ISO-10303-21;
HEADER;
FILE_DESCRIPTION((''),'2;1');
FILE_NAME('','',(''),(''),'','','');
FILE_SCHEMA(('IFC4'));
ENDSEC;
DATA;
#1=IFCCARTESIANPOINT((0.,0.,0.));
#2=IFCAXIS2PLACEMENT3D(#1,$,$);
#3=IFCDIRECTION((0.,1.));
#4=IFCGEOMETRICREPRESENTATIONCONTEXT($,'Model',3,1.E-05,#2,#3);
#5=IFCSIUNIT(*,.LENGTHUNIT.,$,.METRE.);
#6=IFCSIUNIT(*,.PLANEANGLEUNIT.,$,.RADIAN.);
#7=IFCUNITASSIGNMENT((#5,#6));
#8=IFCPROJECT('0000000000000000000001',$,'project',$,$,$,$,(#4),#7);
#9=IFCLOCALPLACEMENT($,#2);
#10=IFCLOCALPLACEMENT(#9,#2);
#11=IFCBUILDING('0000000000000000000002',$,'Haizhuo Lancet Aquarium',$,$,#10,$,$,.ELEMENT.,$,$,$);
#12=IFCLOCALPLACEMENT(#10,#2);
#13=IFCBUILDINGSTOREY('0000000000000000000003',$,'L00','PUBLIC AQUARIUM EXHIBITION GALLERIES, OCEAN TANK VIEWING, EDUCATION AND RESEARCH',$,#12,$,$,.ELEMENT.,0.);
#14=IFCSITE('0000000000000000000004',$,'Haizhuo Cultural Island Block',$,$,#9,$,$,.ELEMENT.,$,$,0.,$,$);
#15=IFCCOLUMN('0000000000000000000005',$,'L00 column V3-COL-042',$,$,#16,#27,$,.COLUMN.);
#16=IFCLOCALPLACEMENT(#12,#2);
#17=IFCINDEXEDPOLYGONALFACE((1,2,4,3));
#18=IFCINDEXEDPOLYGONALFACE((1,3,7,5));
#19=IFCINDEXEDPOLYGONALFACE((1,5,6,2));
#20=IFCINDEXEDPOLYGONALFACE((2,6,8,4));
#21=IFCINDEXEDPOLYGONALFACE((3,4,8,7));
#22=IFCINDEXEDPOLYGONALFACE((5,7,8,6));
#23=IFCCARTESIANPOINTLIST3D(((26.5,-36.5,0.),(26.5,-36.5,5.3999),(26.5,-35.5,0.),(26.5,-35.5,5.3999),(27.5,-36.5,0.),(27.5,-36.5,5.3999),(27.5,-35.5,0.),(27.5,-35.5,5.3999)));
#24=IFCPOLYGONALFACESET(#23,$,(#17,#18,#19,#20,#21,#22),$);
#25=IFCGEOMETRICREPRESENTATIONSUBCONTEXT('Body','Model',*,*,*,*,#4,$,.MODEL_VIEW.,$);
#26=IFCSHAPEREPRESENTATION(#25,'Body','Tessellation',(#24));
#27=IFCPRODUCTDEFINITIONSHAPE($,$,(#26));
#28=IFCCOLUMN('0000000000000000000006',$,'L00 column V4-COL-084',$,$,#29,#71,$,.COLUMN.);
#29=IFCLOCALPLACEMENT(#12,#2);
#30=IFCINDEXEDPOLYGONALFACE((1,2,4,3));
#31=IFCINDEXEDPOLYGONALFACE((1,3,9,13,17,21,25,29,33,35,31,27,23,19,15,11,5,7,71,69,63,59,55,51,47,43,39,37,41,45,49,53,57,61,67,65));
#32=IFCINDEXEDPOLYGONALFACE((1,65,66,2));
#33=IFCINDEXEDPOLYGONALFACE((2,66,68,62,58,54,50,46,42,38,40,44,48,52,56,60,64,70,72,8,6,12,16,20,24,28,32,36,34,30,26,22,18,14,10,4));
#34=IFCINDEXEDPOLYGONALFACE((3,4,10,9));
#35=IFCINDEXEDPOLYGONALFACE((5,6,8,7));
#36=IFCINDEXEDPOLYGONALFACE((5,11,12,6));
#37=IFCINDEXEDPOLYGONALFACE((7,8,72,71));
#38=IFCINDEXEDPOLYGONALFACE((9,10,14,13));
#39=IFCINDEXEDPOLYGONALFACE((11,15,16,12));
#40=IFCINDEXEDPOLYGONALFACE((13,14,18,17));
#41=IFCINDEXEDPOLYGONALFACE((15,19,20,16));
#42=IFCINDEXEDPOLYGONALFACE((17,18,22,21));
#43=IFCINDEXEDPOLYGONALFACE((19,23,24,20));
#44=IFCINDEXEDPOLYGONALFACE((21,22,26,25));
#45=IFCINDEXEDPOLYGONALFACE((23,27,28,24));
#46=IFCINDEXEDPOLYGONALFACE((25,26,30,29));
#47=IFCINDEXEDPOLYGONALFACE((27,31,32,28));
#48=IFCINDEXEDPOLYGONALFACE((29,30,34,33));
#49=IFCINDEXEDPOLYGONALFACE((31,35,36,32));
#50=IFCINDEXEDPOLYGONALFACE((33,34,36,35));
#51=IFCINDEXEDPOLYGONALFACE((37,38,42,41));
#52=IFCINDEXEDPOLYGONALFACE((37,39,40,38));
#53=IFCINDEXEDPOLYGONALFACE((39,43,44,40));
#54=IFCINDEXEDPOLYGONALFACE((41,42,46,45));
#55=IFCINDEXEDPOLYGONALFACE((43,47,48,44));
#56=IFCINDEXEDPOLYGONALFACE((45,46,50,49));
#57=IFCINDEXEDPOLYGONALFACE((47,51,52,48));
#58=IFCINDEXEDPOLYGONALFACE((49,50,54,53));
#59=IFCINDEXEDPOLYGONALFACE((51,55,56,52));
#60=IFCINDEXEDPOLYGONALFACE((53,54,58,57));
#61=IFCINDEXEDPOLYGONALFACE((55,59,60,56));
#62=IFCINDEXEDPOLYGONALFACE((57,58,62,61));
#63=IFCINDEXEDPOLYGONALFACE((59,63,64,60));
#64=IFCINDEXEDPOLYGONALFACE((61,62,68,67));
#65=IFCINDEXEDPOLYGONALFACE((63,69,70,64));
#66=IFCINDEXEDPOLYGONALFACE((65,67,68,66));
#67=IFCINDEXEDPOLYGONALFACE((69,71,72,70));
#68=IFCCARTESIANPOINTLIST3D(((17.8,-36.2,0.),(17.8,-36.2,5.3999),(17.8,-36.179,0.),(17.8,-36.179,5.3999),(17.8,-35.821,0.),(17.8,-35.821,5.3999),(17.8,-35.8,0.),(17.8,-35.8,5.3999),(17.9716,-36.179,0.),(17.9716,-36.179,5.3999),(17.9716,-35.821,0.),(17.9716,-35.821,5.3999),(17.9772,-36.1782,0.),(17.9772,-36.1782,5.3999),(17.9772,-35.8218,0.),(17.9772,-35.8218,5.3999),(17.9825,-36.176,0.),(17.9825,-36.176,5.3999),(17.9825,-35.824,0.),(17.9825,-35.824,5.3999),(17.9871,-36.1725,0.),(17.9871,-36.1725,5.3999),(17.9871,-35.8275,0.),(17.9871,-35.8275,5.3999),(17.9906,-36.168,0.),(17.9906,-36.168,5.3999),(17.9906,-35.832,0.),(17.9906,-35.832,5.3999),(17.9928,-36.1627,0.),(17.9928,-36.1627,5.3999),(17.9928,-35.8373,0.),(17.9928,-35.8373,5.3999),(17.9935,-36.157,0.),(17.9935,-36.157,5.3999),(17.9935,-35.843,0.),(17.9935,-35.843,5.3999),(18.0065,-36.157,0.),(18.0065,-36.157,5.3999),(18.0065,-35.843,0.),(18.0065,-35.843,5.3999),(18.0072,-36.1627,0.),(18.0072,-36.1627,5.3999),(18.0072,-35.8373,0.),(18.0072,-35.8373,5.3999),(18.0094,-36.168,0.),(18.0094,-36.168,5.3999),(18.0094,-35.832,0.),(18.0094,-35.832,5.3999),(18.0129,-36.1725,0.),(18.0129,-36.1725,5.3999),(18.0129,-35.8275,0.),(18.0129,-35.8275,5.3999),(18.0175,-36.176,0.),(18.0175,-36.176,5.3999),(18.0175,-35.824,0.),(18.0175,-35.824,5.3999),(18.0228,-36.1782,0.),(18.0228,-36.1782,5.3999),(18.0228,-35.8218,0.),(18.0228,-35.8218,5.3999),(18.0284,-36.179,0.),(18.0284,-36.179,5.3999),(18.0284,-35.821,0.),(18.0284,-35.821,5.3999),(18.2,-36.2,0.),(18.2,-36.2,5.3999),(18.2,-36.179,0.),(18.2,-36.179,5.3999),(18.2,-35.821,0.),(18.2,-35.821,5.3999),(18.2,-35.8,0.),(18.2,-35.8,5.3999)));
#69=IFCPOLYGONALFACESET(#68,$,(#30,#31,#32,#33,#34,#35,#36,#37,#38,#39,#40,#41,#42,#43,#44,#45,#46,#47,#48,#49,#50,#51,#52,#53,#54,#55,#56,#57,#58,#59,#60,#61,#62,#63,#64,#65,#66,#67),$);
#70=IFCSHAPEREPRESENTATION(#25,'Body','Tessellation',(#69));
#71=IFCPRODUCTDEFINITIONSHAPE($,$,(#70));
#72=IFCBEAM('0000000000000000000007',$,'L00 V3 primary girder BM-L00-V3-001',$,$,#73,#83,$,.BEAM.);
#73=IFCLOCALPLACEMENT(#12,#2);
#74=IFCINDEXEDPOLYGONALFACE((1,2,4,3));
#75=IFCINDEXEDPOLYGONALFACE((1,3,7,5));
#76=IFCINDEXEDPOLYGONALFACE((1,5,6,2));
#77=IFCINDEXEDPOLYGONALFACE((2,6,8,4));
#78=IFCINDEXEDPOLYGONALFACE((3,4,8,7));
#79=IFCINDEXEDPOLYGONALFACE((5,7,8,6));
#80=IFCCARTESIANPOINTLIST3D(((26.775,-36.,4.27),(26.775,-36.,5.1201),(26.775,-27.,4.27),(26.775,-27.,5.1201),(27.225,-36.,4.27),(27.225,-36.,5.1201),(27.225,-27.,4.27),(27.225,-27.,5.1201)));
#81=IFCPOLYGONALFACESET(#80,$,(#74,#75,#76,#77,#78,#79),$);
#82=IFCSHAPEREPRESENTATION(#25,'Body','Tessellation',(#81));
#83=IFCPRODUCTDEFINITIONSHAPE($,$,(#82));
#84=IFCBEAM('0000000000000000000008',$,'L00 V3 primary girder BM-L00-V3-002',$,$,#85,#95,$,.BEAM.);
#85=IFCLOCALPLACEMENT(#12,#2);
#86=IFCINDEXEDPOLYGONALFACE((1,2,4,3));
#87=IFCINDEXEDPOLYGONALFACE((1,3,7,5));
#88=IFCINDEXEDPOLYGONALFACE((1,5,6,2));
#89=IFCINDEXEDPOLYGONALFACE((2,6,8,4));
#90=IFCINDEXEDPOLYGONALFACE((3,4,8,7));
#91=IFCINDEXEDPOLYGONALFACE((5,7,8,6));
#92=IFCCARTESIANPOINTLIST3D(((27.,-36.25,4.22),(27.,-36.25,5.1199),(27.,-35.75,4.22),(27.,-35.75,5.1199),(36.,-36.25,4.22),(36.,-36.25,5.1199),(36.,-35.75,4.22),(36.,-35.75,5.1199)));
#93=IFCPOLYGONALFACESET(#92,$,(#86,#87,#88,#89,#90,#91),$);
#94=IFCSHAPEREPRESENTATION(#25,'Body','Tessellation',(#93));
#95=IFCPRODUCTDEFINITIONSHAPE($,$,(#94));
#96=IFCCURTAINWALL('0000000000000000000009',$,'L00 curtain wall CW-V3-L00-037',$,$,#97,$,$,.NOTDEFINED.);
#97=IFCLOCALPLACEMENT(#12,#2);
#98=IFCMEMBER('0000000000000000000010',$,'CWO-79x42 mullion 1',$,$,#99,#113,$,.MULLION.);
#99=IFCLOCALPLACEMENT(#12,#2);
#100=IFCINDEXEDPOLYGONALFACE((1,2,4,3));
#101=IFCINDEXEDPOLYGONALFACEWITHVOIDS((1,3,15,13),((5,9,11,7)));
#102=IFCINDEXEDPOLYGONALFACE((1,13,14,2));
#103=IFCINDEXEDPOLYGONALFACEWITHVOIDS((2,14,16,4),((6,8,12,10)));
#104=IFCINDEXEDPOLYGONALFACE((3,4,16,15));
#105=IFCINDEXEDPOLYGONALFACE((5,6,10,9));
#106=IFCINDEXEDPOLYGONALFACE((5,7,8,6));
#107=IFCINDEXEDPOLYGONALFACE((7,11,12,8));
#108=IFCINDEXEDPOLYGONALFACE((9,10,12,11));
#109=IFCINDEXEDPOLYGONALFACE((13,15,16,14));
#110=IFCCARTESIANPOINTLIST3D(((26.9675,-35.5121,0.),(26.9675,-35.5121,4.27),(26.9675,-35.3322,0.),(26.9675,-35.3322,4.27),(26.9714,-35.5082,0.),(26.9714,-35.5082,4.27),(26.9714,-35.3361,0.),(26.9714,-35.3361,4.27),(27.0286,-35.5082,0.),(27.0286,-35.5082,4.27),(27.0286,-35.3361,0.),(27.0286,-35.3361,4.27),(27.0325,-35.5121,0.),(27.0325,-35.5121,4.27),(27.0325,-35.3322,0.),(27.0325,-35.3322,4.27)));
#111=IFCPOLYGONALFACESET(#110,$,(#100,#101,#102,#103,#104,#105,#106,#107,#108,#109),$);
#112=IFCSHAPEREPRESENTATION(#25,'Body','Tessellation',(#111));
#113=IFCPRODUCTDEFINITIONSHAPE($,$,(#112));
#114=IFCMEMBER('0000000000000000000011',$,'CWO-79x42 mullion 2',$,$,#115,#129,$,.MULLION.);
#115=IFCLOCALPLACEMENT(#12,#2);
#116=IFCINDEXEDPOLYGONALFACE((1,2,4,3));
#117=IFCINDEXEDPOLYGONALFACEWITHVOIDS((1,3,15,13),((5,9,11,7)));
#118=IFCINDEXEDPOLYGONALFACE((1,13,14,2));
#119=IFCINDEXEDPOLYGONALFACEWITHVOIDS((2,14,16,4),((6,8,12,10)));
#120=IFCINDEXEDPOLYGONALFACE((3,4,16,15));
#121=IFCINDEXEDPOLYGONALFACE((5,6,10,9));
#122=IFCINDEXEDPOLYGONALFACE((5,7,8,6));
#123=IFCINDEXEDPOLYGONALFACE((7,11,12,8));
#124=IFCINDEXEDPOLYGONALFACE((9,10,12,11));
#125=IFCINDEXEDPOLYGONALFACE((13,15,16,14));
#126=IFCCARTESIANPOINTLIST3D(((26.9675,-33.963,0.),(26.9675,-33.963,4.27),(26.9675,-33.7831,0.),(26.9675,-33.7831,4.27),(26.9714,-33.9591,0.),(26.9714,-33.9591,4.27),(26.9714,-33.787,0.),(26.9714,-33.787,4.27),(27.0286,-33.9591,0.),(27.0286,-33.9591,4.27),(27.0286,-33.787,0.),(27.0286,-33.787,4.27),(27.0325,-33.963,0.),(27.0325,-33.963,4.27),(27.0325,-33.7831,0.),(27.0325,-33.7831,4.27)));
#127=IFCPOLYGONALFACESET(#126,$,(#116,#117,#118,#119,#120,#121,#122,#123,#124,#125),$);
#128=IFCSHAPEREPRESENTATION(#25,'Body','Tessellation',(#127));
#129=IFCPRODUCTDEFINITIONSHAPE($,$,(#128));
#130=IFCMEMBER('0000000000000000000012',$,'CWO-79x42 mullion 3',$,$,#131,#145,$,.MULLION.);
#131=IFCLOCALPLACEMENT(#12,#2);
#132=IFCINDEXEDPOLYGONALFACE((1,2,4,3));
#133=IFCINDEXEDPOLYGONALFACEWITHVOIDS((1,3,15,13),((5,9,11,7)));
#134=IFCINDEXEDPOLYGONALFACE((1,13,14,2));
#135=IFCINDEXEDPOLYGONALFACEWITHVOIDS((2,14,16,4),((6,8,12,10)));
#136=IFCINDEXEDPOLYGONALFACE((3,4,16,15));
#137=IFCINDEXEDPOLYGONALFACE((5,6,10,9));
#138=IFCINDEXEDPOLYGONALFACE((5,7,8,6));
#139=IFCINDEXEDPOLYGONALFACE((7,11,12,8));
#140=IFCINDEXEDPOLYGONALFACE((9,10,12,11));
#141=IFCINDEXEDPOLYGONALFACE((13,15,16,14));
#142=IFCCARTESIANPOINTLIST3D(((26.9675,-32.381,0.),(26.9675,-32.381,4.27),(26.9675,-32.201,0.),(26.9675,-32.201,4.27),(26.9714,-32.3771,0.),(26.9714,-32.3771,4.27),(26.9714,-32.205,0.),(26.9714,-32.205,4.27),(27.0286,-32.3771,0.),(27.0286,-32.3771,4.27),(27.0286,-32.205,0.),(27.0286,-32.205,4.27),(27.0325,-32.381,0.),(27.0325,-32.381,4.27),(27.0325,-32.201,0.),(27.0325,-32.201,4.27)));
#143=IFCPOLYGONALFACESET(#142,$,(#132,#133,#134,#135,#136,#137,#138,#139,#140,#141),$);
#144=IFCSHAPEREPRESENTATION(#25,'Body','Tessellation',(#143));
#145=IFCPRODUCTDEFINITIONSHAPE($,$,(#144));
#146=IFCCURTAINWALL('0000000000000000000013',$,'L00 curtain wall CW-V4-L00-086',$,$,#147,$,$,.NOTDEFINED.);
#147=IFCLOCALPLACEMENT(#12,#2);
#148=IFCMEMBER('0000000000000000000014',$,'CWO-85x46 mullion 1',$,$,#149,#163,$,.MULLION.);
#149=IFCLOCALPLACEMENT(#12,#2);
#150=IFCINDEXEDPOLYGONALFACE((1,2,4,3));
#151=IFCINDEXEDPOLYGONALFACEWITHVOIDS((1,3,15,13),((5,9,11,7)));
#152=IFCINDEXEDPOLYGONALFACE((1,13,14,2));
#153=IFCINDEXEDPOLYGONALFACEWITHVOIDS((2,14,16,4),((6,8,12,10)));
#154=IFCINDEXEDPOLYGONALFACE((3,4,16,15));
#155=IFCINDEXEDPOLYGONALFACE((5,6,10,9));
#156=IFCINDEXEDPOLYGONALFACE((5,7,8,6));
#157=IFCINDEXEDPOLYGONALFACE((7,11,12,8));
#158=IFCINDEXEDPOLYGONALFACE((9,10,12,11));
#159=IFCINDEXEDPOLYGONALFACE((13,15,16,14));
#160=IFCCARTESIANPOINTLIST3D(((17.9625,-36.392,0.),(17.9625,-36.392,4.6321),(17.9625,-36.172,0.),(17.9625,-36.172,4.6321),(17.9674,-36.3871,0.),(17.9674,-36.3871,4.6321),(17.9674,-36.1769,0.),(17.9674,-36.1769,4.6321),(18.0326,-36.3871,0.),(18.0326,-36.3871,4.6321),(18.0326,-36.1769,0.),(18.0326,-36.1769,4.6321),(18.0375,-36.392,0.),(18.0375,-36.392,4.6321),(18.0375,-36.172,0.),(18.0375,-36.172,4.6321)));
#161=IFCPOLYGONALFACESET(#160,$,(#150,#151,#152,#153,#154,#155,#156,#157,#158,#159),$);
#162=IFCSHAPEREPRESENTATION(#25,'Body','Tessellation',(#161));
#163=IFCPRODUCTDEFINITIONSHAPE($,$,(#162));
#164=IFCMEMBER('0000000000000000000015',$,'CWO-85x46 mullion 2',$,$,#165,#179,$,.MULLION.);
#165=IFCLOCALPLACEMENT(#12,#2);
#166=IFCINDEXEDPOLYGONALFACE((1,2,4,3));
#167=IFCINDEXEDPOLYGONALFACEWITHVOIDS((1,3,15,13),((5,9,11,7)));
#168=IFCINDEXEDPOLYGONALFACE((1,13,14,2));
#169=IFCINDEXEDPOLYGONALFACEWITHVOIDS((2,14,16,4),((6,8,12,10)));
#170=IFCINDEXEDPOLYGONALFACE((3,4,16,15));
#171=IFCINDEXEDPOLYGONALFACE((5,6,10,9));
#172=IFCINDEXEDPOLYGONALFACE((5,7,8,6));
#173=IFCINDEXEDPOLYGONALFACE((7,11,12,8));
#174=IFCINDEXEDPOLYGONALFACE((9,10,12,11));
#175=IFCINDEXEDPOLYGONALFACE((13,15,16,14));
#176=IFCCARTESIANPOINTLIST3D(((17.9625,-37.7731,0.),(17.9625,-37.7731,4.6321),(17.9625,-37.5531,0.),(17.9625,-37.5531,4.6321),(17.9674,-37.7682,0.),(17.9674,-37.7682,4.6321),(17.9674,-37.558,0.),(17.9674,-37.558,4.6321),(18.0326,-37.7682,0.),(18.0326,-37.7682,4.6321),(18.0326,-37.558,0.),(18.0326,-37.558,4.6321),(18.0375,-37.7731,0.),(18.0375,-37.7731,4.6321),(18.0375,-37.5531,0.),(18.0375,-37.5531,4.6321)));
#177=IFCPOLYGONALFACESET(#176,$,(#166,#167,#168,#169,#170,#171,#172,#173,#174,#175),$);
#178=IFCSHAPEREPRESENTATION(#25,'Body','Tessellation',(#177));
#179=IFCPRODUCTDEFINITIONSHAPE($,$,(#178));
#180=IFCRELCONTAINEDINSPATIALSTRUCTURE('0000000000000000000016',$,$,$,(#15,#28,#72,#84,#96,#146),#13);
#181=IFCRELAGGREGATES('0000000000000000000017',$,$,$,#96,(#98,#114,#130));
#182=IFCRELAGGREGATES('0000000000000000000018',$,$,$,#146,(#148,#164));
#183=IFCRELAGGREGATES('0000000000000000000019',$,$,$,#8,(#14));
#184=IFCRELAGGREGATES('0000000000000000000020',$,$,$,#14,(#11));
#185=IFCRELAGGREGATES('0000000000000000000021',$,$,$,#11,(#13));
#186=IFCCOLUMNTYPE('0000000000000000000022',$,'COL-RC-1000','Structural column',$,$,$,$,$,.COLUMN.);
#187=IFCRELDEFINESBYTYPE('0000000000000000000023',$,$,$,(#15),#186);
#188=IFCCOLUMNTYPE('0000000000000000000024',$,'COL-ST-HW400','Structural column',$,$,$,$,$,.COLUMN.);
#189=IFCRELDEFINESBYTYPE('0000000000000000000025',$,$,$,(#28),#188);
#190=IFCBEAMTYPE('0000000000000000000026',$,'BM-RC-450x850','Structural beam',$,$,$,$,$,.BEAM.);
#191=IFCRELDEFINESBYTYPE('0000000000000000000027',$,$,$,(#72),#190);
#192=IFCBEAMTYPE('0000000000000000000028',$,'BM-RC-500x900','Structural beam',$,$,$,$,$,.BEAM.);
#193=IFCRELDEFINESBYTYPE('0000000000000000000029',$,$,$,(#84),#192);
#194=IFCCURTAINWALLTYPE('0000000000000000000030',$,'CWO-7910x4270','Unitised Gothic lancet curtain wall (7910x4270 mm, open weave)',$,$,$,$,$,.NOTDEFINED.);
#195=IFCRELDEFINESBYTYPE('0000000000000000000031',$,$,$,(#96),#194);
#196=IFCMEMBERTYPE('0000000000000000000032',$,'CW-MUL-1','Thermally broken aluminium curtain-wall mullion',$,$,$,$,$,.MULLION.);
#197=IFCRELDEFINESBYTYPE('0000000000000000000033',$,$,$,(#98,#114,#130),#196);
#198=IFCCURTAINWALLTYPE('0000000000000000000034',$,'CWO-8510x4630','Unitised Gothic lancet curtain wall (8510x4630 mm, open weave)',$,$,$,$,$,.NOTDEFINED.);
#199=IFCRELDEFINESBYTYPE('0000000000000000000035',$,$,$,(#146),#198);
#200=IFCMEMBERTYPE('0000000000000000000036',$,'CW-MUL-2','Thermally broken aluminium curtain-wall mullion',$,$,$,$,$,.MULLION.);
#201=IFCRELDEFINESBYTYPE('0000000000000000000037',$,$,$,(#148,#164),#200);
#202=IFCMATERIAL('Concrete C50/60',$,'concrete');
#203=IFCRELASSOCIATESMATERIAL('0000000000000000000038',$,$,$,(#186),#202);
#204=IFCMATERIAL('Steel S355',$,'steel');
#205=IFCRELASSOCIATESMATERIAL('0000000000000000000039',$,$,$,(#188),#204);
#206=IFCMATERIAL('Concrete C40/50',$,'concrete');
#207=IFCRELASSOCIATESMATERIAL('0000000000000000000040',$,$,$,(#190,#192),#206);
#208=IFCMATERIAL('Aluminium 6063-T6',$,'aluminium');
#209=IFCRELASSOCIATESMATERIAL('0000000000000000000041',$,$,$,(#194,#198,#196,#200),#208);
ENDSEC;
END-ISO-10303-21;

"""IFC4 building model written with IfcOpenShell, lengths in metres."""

from ifc_helpers import new_model, si_unit, direction, frame, origin, origin_2d, place, context, subcontext, project, spatial, rectangle, hollow_rectangle, i_section, extrude, material, material_profile, profile_set, type_object, element, aggregate, save


model = new_model("IFC4")

# Units and contexts
model_context = context("Model", 3, precision=1e-05, world=origin(), true_north=direction((0.0, 1.0)))
body_context = subcontext(model_context, "Body", "Model", "MODEL_VIEW")
ifc_project = project(units=[si_unit("LENGTHUNIT", "METRE"), si_unit("PLANEANGLEUNIT", "RADIAN")], contexts=[model_context])

# Site, building, storey
site_placement = place(None, origin())
site = spatial("IfcSite", under=ifc_project, at=site_placement, Name="Haizhuo Cultural Island Block", CompositionType="ELEMENT", RefElevation=0.0)
building_placement = place(site_placement, origin())
building = spatial("IfcBuilding", under=site, at=building_placement, Name="Haizhuo Lancet Aquarium", CompositionType="ELEMENT")
storey_placement = place(building_placement, origin())
storey = spatial("IfcBuildingStorey", under=building, at=storey_placement, Name="L00", Description="PUBLIC AQUARIUM EXHIBITION GALLERIES, OCEAN TANK VIEWING, EDUCATION AND RESEARCH", CompositionType="ELEMENT", Elevation=0.0)

# Columns
ifc_material_1 = material(Name="Concrete C50/60", Category="concrete")
ifc_material_profile_1 = material_profile(ifc_material_1, rectangle(XDim=1.0, YDim=1.0, at=origin_2d()), Name="RC-COL 1000x1000")
ifc_profile_set_1 = profile_set([ifc_material_profile_1], Name="Concrete C50/60")
column_type_1 = type_object("IfcColumnType", Name="COL-RC-1000", Description="Structural column", PredefinedType="COLUMN", material=ifc_profile_set_1)
column_1_placement = place(storey_placement, frame((27.0, -36.0, 0.0), z_axis=(0.0, 0.0, 1.0), x_axis=(1.0, 0.0, 0.0)))
element("IfcColumn", 1, at=column_1_placement, inside=storey, type_object=column_type_1, Name="L00 column V3-COL-042", PredefinedType="COLUMN", context=body_context, shape_type="SweptSolid", body=[
    extrude(rectangle(XDim=1.0, YDim=1.0, at=origin_2d()), origin(), (0.0, 0.0, 1.0), 5.3999),
])
ifc_material_2 = material(Name="Steel S355", Category="steel")
ifc_material_profile_2 = material_profile(ifc_material_2, i_section(OverallWidth=0.3999, OverallDepth=0.3999, WebThickness=0.0129, FlangeThickness=0.021, FilletRadius=0.022, at=origin_2d()), Name="HW 400x400x13x21")
ifc_profile_set_2 = profile_set([ifc_material_profile_2], Name="Steel S355")
column_type_2 = type_object("IfcColumnType", Name="COL-ST-HW400", Description="Structural column", PredefinedType="COLUMN", material=ifc_profile_set_2)
column_2_placement = place(storey_placement, frame((18.0, -36.0, 0.0), z_axis=(0.0, 0.0, 1.0), x_axis=(1.0, 0.0, 0.0)))
element("IfcColumn", 2, at=column_2_placement, inside=storey, type_object=column_type_2, Name="L00 column V4-COL-084", PredefinedType="COLUMN", context=body_context, shape_type="SweptSolid", body=[
    extrude(i_section(OverallWidth=0.3999, OverallDepth=0.3999, WebThickness=0.0129, FlangeThickness=0.021, FilletRadius=0.022, at=origin_2d()), origin(), (0.0, 0.0, 1.0), 5.3999),
])

# Beams
ifc_material_3 = material(Name="Concrete C40/50", Category="concrete")
ifc_material_profile_3 = material_profile(ifc_material_3, rectangle(XDim=0.45, YDim=0.8501, at=origin_2d()), Name="RC-BM 450x850")
ifc_profile_set_3 = profile_set([ifc_material_profile_3], Name="Concrete C40/50")
beam_type_1 = type_object("IfcBeamType", Name="BM-RC-450x850", Description="Structural beam", PredefinedType="BEAM", material=ifc_profile_set_3)
beam_1_placement = place(storey_placement, frame((27.0, -36.0, 4.6951), z_axis=(0.0, 1.0, 0.0), x_axis=(-1.0, 0.0, 0.0)))
element("IfcBeam", 3, at=beam_1_placement, inside=storey, type_object=beam_type_1, Name="L00 V3 primary girder BM-L00-V3-001", PredefinedType="BEAM", context=body_context, shape_type="SweptSolid", body=[
    extrude(rectangle(XDim=0.45, YDim=0.8501, at=origin_2d()), origin(), (0.0, 0.0, 1.0), 9.0),
])
ifc_material_profile_4 = material_profile(ifc_material_3, rectangle(XDim=0.5, YDim=0.8999, at=origin_2d()), Name="RC-BM 500x900")
ifc_profile_set_4 = profile_set([ifc_material_profile_4], Name="Concrete C40/50")
beam_type_2 = type_object("IfcBeamType", Name="BM-RC-500x900", Description="Structural beam", PredefinedType="BEAM", material=ifc_profile_set_4)
beam_2_placement = place(storey_placement, frame((27.0, -36.0, 4.6699), z_axis=(1.0, 0.0, 0.0), x_axis=(0.0, 1.0, 0.0)))
element("IfcBeam", 4, at=beam_2_placement, inside=storey, type_object=beam_type_2, Name="L00 V3 primary girder BM-L00-V3-002", PredefinedType="BEAM", context=body_context, shape_type="SweptSolid", body=[
    extrude(rectangle(XDim=0.5, YDim=0.8999, at=origin_2d()), origin(), (0.0, 0.0, 1.0), 9.0),
])

# Curtain walls, members
ifc_material_4 = material(Name="Aluminium 6063-T6", Category="aluminium")
curtain_wall_type_1 = type_object("IfcCurtainWallType", Name="CWO-7910x4270", Description="Unitised Gothic lancet curtain wall (7910x4270 mm, open weave)", PredefinedType="NOTDEFINED", material=ifc_material_4)
curtain_wall_1_placement = place(storey_placement, origin())
curtain_wall_1 = element("IfcCurtainWall", 5, at=curtain_wall_1_placement, inside=storey, type_object=curtain_wall_type_1, Name="L00 curtain wall CW-V3-L00-037", PredefinedType="NOTDEFINED")
ifc_material_profile_5 = material_profile(ifc_material_4, hollow_rectangle(XDim=0.0649, YDim=0.1799, WallThickness=0.0039, at=origin_2d()), Name="ALU-M 65x180x4")
ifc_profile_set_5 = profile_set([ifc_material_profile_5], Name="Aluminium 6063-T6")
member_type_1 = type_object("IfcMemberType", Name="CW-MUL-1", Description="Thermally broken aluminium curtain-wall mullion", PredefinedType="MULLION", material=ifc_profile_set_5)
member_1_placement = place(storey_placement, frame((27.0, -35.4221, 0.0), z_axis=(0.0, 0.0, 1.0), x_axis=(-1.0, 0.0, 0.0)))
member_1 = element("IfcMember", 6, at=member_1_placement, type_object=member_type_1, Name="CWO-79x42 mullion 1", PredefinedType="MULLION", context=body_context, shape_type="SweptSolid", body=[
    extrude(hollow_rectangle(XDim=0.0649, YDim=0.1799, WallThickness=0.0039, at=origin_2d()), origin(), (0.0, 0.0, 1.0), 4.27),
])
member_2_placement = place(storey_placement, frame((27.0, -33.873, 0.0), z_axis=(0.0, 0.0, 1.0), x_axis=(-1.0, 0.0, 0.0)))
member_2 = element("IfcMember", 7, at=member_2_placement, type_object=member_type_1, Name="CWO-79x42 mullion 2", PredefinedType="MULLION", context=body_context, shape_type="SweptSolid", body=[
    extrude(hollow_rectangle(XDim=0.0649, YDim=0.1799, WallThickness=0.0039, at=origin_2d()), origin(), (0.0, 0.0, 1.0), 4.27),
])
member_3_placement = place(storey_placement, frame((27.0, -32.291, 0.0), z_axis=(0.0, 0.0, 1.0), x_axis=(-1.0, 0.0, 0.0)))
member_3 = element("IfcMember", 8, at=member_3_placement, type_object=member_type_1, Name="CWO-79x42 mullion 3", PredefinedType="MULLION", context=body_context, shape_type="SweptSolid", body=[
    extrude(hollow_rectangle(XDim=0.0649, YDim=0.1799, WallThickness=0.0039, at=origin_2d()), origin(), (0.0, 0.0, 1.0), 4.27),
])
curtain_wall_type_2 = type_object("IfcCurtainWallType", Name="CWO-8510x4630", Description="Unitised Gothic lancet curtain wall (8510x4630 mm, open weave)", PredefinedType="NOTDEFINED", material=ifc_material_4)
curtain_wall_2_placement = place(storey_placement, origin())
curtain_wall_2 = element("IfcCurtainWall", 9, at=curtain_wall_2_placement, inside=storey, type_object=curtain_wall_type_2, Name="L00 curtain wall CW-V4-L00-086", PredefinedType="NOTDEFINED")
ifc_material_profile_6 = material_profile(ifc_material_4, hollow_rectangle(XDim=0.075, YDim=0.22, WallThickness=0.0049, at=origin_2d()), Name="ALU-M 75x220x5")
ifc_profile_set_6 = profile_set([ifc_material_profile_6], Name="Aluminium 6063-T6")
member_type_2 = type_object("IfcMemberType", Name="CW-MUL-2", Description="Thermally broken aluminium curtain-wall mullion", PredefinedType="MULLION", material=ifc_profile_set_6)
member_4_placement = place(storey_placement, frame((18.0, -36.282, 0.0), z_axis=(0.0, 0.0, 1.0), x_axis=(1.0, 0.0, 0.0)))
member_4 = element("IfcMember", 10, at=member_4_placement, type_object=member_type_2, Name="CWO-85x46 mullion 1", PredefinedType="MULLION", context=body_context, shape_type="SweptSolid", body=[
    extrude(hollow_rectangle(XDim=0.075, YDim=0.22, WallThickness=0.0049, at=origin_2d()), origin(), (0.0, 0.0, 1.0), 4.6321),
])
member_5_placement = place(storey_placement, frame((18.0, -37.6631, 0.0), z_axis=(0.0, 0.0, 1.0), x_axis=(1.0, 0.0, 0.0)))
member_5 = element("IfcMember", 11, at=member_5_placement, type_object=member_type_2, Name="CWO-85x46 mullion 2", PredefinedType="MULLION", context=body_context, shape_type="SweptSolid", body=[
    extrude(hollow_rectangle(XDim=0.075, YDim=0.22, WallThickness=0.0049, at=origin_2d()), origin(), (0.0, 0.0, 1.0), 4.6321),
])

aggregate(curtain_wall_1, [member_1, member_2, member_3])
aggregate(curtain_wall_2, [member_4, member_5])

save(model, "model.ifc")
